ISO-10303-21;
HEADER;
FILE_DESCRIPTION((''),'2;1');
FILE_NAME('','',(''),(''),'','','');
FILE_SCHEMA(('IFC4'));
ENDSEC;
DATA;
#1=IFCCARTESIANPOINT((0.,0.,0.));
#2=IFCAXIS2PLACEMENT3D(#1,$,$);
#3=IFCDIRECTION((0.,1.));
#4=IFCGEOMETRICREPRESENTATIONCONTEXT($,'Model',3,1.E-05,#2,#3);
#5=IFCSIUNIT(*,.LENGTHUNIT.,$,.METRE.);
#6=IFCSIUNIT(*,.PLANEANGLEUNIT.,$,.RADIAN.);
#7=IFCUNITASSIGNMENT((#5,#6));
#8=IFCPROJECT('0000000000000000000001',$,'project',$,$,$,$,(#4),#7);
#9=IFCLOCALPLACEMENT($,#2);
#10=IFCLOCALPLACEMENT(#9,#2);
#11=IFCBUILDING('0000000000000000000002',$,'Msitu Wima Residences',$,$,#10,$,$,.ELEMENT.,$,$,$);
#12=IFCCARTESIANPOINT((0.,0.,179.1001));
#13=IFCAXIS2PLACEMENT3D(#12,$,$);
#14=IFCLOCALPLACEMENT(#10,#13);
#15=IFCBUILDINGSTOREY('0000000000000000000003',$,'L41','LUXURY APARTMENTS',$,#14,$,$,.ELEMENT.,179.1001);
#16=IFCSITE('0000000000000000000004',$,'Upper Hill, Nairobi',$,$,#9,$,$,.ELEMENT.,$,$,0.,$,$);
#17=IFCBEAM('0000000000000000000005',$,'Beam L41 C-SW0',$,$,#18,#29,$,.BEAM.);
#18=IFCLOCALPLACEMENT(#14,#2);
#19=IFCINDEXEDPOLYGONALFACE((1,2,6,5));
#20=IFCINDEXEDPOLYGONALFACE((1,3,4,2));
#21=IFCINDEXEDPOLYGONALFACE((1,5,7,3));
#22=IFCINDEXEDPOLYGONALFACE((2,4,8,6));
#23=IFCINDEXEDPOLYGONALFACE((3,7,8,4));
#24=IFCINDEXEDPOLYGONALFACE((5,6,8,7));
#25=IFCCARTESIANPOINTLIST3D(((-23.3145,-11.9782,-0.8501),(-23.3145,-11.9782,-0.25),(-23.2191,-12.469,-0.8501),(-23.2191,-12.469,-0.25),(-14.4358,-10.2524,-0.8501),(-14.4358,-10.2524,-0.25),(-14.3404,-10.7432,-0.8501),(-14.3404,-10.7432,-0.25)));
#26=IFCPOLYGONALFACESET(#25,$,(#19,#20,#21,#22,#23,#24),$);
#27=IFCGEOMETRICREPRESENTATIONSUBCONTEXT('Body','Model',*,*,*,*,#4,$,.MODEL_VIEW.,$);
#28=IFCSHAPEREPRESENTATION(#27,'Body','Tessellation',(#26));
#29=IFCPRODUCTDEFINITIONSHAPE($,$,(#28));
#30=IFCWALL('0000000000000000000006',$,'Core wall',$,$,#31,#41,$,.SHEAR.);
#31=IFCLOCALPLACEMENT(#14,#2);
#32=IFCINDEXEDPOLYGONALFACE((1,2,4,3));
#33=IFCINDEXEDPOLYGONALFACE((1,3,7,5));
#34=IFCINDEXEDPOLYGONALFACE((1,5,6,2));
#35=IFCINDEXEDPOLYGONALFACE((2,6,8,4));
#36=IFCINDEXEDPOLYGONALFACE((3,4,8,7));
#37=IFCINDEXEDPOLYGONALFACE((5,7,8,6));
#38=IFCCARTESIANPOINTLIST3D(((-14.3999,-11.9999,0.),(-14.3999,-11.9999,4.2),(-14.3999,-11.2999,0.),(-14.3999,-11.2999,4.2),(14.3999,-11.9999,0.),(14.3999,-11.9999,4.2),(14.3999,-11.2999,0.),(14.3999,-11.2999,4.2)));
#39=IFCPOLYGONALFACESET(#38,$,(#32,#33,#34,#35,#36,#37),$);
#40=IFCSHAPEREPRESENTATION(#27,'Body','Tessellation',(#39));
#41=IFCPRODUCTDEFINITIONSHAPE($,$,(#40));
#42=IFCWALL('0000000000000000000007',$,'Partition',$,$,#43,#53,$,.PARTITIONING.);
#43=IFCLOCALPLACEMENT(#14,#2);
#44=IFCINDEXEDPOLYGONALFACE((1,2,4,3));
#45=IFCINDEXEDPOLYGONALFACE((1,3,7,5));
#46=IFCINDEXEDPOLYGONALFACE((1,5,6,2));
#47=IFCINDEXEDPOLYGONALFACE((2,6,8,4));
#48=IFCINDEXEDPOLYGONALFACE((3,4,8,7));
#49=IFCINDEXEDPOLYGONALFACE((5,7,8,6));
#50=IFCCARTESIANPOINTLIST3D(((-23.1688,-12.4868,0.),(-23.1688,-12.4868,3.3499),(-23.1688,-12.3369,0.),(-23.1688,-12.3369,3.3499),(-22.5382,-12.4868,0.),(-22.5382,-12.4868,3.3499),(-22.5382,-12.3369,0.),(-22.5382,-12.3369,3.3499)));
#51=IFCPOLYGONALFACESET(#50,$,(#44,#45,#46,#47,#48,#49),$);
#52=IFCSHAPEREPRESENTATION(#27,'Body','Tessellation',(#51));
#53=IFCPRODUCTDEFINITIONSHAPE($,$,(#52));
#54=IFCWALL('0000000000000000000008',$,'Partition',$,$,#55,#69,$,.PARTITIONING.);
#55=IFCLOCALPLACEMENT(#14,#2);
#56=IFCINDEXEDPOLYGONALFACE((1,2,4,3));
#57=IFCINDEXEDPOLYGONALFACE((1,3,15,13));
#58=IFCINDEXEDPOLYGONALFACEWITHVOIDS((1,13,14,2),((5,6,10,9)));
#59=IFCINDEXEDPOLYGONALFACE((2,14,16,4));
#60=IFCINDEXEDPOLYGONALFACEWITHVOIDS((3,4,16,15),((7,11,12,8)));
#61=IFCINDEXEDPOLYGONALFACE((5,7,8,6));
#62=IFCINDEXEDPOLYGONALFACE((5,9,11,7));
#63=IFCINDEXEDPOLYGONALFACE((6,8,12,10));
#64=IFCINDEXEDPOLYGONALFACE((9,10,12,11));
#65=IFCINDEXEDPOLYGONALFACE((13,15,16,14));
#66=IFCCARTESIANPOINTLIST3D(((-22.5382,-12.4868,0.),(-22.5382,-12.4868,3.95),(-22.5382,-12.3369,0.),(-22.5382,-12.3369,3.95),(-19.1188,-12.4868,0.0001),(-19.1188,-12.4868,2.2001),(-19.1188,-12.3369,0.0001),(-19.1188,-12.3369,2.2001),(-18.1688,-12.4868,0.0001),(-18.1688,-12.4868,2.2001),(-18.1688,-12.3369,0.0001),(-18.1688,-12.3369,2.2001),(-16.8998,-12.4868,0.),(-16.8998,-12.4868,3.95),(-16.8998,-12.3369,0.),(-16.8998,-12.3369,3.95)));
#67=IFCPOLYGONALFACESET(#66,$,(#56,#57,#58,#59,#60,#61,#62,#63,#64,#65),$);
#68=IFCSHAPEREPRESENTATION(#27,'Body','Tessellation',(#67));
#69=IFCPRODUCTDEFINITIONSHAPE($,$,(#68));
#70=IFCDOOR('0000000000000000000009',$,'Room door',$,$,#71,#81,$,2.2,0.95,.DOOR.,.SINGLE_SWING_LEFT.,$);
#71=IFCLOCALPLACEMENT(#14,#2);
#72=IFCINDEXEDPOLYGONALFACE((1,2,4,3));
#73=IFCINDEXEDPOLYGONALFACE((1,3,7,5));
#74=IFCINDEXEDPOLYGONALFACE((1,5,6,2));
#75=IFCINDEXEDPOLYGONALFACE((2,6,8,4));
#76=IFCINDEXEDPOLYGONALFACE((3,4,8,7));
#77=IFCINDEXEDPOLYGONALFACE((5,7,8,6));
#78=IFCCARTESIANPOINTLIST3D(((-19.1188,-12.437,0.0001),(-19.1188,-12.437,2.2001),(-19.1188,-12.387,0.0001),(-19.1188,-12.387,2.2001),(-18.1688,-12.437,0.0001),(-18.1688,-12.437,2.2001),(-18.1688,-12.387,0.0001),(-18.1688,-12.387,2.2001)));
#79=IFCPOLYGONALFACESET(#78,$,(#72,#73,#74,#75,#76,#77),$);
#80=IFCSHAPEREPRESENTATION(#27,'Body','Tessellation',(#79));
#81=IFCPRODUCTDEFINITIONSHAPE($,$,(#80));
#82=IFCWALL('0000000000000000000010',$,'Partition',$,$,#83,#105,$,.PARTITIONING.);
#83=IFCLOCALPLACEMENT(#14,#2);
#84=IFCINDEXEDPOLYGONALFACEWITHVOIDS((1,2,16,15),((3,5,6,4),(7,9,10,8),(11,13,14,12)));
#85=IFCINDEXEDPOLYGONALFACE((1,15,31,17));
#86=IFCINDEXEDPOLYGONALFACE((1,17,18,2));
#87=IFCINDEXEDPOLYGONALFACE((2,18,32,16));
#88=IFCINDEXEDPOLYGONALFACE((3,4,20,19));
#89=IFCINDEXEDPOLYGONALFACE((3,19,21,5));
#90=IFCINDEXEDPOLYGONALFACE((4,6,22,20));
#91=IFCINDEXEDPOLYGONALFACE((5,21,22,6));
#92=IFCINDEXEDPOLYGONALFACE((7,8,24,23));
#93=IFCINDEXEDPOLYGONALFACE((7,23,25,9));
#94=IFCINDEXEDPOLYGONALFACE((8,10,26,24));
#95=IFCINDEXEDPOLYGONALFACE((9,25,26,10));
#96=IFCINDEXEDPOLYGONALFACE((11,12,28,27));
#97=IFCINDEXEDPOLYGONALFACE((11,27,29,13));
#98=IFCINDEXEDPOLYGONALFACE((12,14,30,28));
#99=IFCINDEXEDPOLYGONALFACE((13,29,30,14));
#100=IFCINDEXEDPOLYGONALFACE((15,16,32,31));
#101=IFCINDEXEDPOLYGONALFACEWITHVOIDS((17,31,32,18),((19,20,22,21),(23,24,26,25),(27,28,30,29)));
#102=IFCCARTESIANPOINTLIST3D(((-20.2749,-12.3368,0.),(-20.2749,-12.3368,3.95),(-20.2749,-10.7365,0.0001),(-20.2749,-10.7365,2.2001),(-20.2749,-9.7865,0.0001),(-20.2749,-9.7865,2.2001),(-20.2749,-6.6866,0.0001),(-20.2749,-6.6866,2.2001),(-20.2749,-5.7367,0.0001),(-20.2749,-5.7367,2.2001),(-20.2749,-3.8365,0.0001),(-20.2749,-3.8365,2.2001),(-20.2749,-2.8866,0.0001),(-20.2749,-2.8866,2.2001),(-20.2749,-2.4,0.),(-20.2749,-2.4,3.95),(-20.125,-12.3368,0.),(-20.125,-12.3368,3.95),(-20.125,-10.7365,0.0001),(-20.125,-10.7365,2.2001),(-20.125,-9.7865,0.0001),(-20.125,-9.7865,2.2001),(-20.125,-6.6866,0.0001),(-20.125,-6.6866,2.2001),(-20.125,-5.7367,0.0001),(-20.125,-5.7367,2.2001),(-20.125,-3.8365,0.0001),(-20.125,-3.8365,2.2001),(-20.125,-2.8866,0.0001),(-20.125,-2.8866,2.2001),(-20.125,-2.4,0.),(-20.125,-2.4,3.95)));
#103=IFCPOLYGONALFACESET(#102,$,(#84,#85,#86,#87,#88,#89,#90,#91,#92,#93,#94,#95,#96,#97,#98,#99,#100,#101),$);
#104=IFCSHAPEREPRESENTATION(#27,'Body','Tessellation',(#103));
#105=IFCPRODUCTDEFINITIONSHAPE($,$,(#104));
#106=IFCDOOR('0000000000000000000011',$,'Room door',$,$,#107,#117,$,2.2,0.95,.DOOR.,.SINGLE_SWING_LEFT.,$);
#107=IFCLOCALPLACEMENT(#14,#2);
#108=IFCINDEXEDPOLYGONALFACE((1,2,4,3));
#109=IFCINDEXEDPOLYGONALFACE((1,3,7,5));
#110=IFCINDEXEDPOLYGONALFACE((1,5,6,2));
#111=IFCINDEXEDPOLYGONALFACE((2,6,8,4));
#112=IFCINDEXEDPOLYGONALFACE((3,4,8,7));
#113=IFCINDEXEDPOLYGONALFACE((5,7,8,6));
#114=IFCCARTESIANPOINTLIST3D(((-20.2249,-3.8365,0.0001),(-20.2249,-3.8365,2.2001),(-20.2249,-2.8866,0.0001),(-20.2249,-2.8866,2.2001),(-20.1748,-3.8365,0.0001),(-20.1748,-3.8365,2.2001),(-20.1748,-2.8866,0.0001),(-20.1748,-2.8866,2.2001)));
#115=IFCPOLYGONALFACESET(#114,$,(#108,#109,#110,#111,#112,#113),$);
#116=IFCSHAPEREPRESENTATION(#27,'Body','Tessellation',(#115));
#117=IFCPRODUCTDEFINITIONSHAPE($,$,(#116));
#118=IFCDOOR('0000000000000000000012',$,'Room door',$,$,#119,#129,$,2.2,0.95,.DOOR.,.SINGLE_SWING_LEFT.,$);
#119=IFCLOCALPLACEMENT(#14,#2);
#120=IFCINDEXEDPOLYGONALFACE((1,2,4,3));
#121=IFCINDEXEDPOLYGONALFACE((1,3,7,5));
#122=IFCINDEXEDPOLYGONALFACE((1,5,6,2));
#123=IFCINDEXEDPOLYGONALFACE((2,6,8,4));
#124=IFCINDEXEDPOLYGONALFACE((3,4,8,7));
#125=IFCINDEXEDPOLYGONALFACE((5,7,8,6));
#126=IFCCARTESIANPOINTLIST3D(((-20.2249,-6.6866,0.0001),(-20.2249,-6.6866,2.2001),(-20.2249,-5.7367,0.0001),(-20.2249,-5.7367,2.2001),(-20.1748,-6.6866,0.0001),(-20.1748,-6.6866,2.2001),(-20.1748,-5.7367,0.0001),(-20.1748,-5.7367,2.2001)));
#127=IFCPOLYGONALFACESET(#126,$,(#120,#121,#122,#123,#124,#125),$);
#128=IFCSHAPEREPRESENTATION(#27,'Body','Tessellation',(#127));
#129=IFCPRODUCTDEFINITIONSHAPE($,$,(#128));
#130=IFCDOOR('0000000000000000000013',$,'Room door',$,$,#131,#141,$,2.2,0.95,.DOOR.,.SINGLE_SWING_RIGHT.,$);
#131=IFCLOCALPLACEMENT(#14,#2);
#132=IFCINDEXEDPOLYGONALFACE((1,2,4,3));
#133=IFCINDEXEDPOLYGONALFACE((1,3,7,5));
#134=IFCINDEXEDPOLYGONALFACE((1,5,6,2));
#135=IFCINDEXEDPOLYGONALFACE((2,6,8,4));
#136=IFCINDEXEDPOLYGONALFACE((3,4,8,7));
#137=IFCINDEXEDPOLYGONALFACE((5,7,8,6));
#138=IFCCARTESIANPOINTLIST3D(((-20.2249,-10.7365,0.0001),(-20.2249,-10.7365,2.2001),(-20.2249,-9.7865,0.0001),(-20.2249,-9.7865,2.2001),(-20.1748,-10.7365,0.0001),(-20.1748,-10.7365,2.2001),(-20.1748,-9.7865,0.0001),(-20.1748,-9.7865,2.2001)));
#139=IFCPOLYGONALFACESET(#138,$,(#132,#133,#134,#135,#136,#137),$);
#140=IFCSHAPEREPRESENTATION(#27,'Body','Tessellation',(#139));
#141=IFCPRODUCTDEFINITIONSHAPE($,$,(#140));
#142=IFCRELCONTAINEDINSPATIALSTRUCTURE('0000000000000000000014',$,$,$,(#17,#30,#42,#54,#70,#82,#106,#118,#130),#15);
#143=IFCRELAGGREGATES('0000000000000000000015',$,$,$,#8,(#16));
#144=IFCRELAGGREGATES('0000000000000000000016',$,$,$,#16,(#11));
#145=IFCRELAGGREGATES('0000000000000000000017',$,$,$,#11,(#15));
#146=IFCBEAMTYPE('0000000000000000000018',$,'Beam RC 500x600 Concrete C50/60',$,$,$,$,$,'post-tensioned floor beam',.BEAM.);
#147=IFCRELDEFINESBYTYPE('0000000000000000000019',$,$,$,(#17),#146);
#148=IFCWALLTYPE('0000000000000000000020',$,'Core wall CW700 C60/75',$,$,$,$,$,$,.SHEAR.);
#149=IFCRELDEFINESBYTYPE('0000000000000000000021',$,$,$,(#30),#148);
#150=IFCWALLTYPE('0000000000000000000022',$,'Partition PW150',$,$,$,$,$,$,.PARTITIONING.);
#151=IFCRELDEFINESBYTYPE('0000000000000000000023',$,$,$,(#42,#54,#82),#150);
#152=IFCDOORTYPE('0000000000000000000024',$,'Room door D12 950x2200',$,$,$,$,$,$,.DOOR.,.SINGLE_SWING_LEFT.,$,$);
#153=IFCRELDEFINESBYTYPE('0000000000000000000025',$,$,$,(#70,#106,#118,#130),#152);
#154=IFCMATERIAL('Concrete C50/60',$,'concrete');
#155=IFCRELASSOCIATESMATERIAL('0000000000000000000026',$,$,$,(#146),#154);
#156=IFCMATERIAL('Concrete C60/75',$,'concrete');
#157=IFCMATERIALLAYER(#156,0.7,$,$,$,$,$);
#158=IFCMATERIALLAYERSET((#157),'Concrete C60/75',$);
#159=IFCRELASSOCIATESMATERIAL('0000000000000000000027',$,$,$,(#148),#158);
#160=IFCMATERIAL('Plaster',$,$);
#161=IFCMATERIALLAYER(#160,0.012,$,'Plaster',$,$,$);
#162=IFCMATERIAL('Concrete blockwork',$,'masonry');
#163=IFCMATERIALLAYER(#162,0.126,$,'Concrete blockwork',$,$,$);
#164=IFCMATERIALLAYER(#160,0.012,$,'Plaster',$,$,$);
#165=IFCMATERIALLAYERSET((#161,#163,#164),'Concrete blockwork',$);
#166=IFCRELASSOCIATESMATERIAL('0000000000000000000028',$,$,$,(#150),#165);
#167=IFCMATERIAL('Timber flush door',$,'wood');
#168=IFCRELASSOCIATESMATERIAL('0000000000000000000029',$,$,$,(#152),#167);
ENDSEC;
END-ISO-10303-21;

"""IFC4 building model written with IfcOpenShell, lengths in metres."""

from ifc_helpers import new_model, si_unit, direction, frame, frame_2d, origin, origin_2d, place, context, subcontext, project, spatial, rectangle, extrude, material, layer, layer_set, material_profile, profile_set, type_object, element, fill, save


model = new_model("IFC4")

# Units and contexts
model_context = context("Model", 3, precision=1e-05, world=origin(), true_north=direction((0.0, 1.0)))
body_context = subcontext(model_context, "Body", "Model", "MODEL_VIEW")
ifc_project = project(units=[si_unit("LENGTHUNIT", "METRE"), si_unit("PLANEANGLEUNIT", "RADIAN")], contexts=[model_context])

# Site, building, storey
site_placement = place(None, origin())
site = spatial("IfcSite", under=ifc_project, at=site_placement, Name="Upper Hill, Nairobi", CompositionType="ELEMENT", RefElevation=0.0)
building_placement = place(site_placement, origin())
building = spatial("IfcBuilding", under=site, at=building_placement, Name="Msitu Wima Residences", CompositionType="ELEMENT")
storey_placement = place(building_placement, frame((0.0, 0.0, 179.1001)))
storey = spatial("IfcBuildingStorey", under=building, at=storey_placement, Name="L41", Description="LUXURY APARTMENTS", CompositionType="ELEMENT", Elevation=179.1001)

# Beam
ifc_material_1 = material(Name="Concrete C50/60", Category="concrete")
ifc_material_profile = material_profile(ifc_material_1, rectangle(XDim=0.5, YDim=0.6001, at=origin_2d()), Name="RC 500x600")
ifc_profile_set = profile_set([ifc_material_profile], Name="Concrete C50/60")
beam_type = type_object("IfcBeamType", Name="Beam RC 500x600 Concrete C50/60", ElementType="post-tensioned floor beam", PredefinedType="BEAM", material=ifc_profile_set)
beam_placement = place(storey_placement, frame((-23.2668, -12.2236, -0.55), z_axis=(0.981627, 0.190808, 0.0), x_axis=(-0.190808, 0.981627, 0.0)))
element("IfcBeam", 1, at=beam_placement, inside=storey, type_object=beam_type, Name="Beam L41 C-SW0", PredefinedType="BEAM", context=body_context, shape_type="SweptSolid", body=[
    extrude(rectangle(XDim=0.5, YDim=0.6001, at=origin_2d()), origin(), (0.0, 0.0, 1.0), 9.0449),
])

# Wall
ifc_material_2 = material(Name="Concrete C60/75", Category="concrete")
ifc_layer_1 = layer(ifc_material_2, 0.7)
ifc_layer_set_1 = layer_set([ifc_layer_1], Name="Concrete C60/75")
wall_type_1 = type_object("IfcWallType", Name="Core wall CW700 C60/75", PredefinedType="SHEAR", material=ifc_layer_set_1)
wall_1_placement = place(storey_placement, frame((-14.3999, -11.6499, 0.0), z_axis=(0.0, 0.0, 1.0), x_axis=(1.0, 0.0, 0.0)))
element("IfcWall", 2, at=wall_1_placement, inside=storey, type_object=wall_type_1, Name="Core wall", PredefinedType="SHEAR", context=body_context, shape_type="SweptSolid", body=[
    extrude(rectangle(XDim=28.7998, YDim=0.7, at=frame_2d((14.3999, 0.0))), origin(), (0.0, 0.0, 1.0), 4.2),
])

# Wall
ifc_material_3 = material(Name="Plaster")
ifc_layer_2 = layer(ifc_material_3, 0.012, Name="Plaster")
ifc_material_4 = material(Name="Concrete blockwork", Category="masonry")
ifc_layer_3 = layer(ifc_material_4, 0.126, Name="Concrete blockwork")
ifc_layer_4 = layer(ifc_material_3, 0.012, Name="Plaster")
ifc_layer_set_2 = layer_set([ifc_layer_2, ifc_layer_3, ifc_layer_4], Name="Concrete blockwork")
wall_type_2 = type_object("IfcWallType", Name="Partition PW150", PredefinedType="PARTITIONING", material=ifc_layer_set_2)
wall_2_placement = place(storey_placement, frame((-23.1689, -12.4119, 0.0), z_axis=(0.0, 0.0, 1.0), x_axis=(1.0, 0.0, 0.0)))
element("IfcWall", 3, at=wall_2_placement, inside=storey, type_object=wall_type_2, Name="Partition", PredefinedType="PARTITIONING", context=body_context, shape_type="SweptSolid", body=[
    extrude(rectangle(XDim=0.6306, YDim=0.1499, at=frame_2d((0.3154, 0.0))), origin(), (0.0, 0.0, 1.0), 3.3499),
])

# Wall, opening, door
wall_3_placement = place(storey_placement, frame((-22.5383, -12.4119, 0.0), z_axis=(0.0, 0.0, 1.0), x_axis=(1.0, 0.0, 0.0)))
wall_3 = element("IfcWall", 4, at=wall_3_placement, inside=storey, type_object=wall_type_2, Name="Partition", PredefinedType="PARTITIONING", context=body_context, shape_type="SweptSolid", body=[
    extrude(rectangle(XDim=5.6384, YDim=0.1499, at=frame_2d((2.8193, 0.0))), origin(), (0.0, 0.0, 1.0), 3.95),
])
opening_1_placement = place(wall_3_placement, frame((3.4194, 0.0, 0.0)))
opening_1 = element("IfcOpeningElement", 5, at=opening_1_placement, cuts=wall_3, PredefinedType="OPENING", context=body_context, shape_type="SweptSolid", body=[
    extrude(rectangle(XDim=0.95, YDim=2.2, at=frame_2d((0.4751, 1.1001))), frame((0.0, 0.085, 0.0), z_axis=(0.0, -1.0, 0.0), x_axis=(1.0, 0.0, 0.0)), (0.0, 0.0, 1.0), 0.1699),
])
ifc_material_5 = material(Name="Timber flush door", Category="wood")
door_type_1 = type_object("IfcDoorType", Name="Room door D12 950x2200", OperationType="SINGLE_SWING_LEFT", PredefinedType="DOOR", material=ifc_material_5)
door_1_placement = place(opening_1_placement, origin())
door_1 = element("IfcDoor", 6, at=door_1_placement, inside=storey, type_object=door_type_1, Name="Room door", OperationType="SINGLE_SWING_LEFT", OverallHeight=2.2, OverallWidth=0.95, PredefinedType="DOOR", context=body_context, shape_type="SweptSolid", body=[
    extrude(rectangle(XDim=0.95, YDim=2.2, at=frame_2d((0.4751, 1.1001))), frame((0.0, 0.0249, 0.0), z_axis=(0.0, -1.0, 0.0), x_axis=(1.0, 0.0, 0.0)), (0.0, 0.0, 1.0), 0.05),
])
fill(opening_1, door_1)

# Wall, openings, doors
wall_4_placement = place(storey_placement, frame((-20.2, -12.3367, 0.0), z_axis=(0.0, 0.0, 1.0), x_axis=(0.0, 1.0, 0.0)))
wall_4 = element("IfcWall", 7, at=wall_4_placement, inside=storey, type_object=wall_type_2, Name="Partition", PredefinedType="PARTITIONING", context=body_context, shape_type="SweptSolid", body=[
    extrude(rectangle(XDim=9.9368, YDim=0.1499, at=frame_2d((4.9683, 0.0))), origin(), (0.0, 0.0, 1.0), 3.95),
])
opening_2_placement = place(wall_4_placement, frame((8.5, 0.0, 0.0)))
opening_2 = element("IfcOpeningElement", 8, at=opening_2_placement, cuts=wall_4, PredefinedType="OPENING", context=body_context, shape_type="SweptSolid", body=[
    extrude(rectangle(XDim=0.95, YDim=2.2, at=frame_2d((0.4751, 1.1001))), frame((0.0, 0.085, 0.0), z_axis=(0.0, -1.0, 0.0), x_axis=(1.0, 0.0, 0.0)), (0.0, 0.0, 1.0), 0.1699),
])
opening_3_placement = place(wall_4_placement, frame((5.6499, 0.0, 0.0)))
opening_3 = element("IfcOpeningElement", 9, at=opening_3_placement, cuts=wall_4, PredefinedType="OPENING", context=body_context, shape_type="SweptSolid", body=[
    extrude(rectangle(XDim=0.95, YDim=2.2, at=frame_2d((0.4751, 1.1001))), frame((0.0, 0.085, 0.0), z_axis=(0.0, -1.0, 0.0), x_axis=(1.0, 0.0, 0.0)), (0.0, 0.0, 1.0), 0.1699),
])
opening_4_placement = place(wall_4_placement, frame((1.6001, 0.0, 0.0)))
opening_4 = element("IfcOpeningElement", 10, at=opening_4_placement, cuts=wall_4, PredefinedType="OPENING", context=body_context, shape_type="SweptSolid", body=[
    extrude(rectangle(XDim=0.95, YDim=2.2, at=frame_2d((0.4751, 1.1001))), frame((0.0, 0.085, 0.0), z_axis=(0.0, -1.0, 0.0), x_axis=(1.0, 0.0, 0.0)), (0.0, 0.0, 1.0), 0.1699),
])
door_2_placement = place(opening_2_placement, origin())
door_2 = element("IfcDoor", 11, at=door_2_placement, inside=storey, type_object=door_type_1, Name="Room door", OperationType="SINGLE_SWING_LEFT", OverallHeight=2.2, OverallWidth=0.95, PredefinedType="DOOR", context=body_context, shape_type="SweptSolid", body=[
    extrude(rectangle(XDim=0.95, YDim=2.2, at=frame_2d((0.4751, 1.1001))), frame((0.0, 0.0249, 0.0), z_axis=(0.0, -1.0, 0.0), x_axis=(1.0, 0.0, 0.0)), (0.0, 0.0, 1.0), 0.05),
])
fill(opening_2, door_2)
door_3_placement = place(opening_3_placement, origin())
door_3 = element("IfcDoor", 12, at=door_3_placement, inside=storey, type_object=door_type_1, Name="Room door", OperationType="SINGLE_SWING_LEFT", OverallHeight=2.2, OverallWidth=0.95, PredefinedType="DOOR", context=body_context, shape_type="SweptSolid", body=[
    extrude(rectangle(XDim=0.95, YDim=2.2, at=frame_2d((0.4751, 1.1001))), frame((0.0, 0.0249, 0.0), z_axis=(0.0, -1.0, 0.0), x_axis=(1.0, 0.0, 0.0)), (0.0, 0.0, 1.0), 0.05),
])
fill(opening_3, door_3)
door_4_placement = place(opening_4_placement, origin())
door_4 = element("IfcDoor", 13, at=door_4_placement, inside=storey, type_object=door_type_1, Name="Room door", OperationType="SINGLE_SWING_RIGHT", OverallHeight=2.2, OverallWidth=0.95, PredefinedType="DOOR", context=body_context, shape_type="SweptSolid", body=[
    extrude(rectangle(XDim=0.95, YDim=2.2, at=frame_2d((0.4751, 1.1001))), frame((0.0, 0.0249, 0.0), z_axis=(0.0, -1.0, 0.0), x_axis=(1.0, 0.0, 0.0)), (0.0, 0.0, 1.0), 0.05),
])
fill(opening_4, door_4)

save(model, "model.ifc")
